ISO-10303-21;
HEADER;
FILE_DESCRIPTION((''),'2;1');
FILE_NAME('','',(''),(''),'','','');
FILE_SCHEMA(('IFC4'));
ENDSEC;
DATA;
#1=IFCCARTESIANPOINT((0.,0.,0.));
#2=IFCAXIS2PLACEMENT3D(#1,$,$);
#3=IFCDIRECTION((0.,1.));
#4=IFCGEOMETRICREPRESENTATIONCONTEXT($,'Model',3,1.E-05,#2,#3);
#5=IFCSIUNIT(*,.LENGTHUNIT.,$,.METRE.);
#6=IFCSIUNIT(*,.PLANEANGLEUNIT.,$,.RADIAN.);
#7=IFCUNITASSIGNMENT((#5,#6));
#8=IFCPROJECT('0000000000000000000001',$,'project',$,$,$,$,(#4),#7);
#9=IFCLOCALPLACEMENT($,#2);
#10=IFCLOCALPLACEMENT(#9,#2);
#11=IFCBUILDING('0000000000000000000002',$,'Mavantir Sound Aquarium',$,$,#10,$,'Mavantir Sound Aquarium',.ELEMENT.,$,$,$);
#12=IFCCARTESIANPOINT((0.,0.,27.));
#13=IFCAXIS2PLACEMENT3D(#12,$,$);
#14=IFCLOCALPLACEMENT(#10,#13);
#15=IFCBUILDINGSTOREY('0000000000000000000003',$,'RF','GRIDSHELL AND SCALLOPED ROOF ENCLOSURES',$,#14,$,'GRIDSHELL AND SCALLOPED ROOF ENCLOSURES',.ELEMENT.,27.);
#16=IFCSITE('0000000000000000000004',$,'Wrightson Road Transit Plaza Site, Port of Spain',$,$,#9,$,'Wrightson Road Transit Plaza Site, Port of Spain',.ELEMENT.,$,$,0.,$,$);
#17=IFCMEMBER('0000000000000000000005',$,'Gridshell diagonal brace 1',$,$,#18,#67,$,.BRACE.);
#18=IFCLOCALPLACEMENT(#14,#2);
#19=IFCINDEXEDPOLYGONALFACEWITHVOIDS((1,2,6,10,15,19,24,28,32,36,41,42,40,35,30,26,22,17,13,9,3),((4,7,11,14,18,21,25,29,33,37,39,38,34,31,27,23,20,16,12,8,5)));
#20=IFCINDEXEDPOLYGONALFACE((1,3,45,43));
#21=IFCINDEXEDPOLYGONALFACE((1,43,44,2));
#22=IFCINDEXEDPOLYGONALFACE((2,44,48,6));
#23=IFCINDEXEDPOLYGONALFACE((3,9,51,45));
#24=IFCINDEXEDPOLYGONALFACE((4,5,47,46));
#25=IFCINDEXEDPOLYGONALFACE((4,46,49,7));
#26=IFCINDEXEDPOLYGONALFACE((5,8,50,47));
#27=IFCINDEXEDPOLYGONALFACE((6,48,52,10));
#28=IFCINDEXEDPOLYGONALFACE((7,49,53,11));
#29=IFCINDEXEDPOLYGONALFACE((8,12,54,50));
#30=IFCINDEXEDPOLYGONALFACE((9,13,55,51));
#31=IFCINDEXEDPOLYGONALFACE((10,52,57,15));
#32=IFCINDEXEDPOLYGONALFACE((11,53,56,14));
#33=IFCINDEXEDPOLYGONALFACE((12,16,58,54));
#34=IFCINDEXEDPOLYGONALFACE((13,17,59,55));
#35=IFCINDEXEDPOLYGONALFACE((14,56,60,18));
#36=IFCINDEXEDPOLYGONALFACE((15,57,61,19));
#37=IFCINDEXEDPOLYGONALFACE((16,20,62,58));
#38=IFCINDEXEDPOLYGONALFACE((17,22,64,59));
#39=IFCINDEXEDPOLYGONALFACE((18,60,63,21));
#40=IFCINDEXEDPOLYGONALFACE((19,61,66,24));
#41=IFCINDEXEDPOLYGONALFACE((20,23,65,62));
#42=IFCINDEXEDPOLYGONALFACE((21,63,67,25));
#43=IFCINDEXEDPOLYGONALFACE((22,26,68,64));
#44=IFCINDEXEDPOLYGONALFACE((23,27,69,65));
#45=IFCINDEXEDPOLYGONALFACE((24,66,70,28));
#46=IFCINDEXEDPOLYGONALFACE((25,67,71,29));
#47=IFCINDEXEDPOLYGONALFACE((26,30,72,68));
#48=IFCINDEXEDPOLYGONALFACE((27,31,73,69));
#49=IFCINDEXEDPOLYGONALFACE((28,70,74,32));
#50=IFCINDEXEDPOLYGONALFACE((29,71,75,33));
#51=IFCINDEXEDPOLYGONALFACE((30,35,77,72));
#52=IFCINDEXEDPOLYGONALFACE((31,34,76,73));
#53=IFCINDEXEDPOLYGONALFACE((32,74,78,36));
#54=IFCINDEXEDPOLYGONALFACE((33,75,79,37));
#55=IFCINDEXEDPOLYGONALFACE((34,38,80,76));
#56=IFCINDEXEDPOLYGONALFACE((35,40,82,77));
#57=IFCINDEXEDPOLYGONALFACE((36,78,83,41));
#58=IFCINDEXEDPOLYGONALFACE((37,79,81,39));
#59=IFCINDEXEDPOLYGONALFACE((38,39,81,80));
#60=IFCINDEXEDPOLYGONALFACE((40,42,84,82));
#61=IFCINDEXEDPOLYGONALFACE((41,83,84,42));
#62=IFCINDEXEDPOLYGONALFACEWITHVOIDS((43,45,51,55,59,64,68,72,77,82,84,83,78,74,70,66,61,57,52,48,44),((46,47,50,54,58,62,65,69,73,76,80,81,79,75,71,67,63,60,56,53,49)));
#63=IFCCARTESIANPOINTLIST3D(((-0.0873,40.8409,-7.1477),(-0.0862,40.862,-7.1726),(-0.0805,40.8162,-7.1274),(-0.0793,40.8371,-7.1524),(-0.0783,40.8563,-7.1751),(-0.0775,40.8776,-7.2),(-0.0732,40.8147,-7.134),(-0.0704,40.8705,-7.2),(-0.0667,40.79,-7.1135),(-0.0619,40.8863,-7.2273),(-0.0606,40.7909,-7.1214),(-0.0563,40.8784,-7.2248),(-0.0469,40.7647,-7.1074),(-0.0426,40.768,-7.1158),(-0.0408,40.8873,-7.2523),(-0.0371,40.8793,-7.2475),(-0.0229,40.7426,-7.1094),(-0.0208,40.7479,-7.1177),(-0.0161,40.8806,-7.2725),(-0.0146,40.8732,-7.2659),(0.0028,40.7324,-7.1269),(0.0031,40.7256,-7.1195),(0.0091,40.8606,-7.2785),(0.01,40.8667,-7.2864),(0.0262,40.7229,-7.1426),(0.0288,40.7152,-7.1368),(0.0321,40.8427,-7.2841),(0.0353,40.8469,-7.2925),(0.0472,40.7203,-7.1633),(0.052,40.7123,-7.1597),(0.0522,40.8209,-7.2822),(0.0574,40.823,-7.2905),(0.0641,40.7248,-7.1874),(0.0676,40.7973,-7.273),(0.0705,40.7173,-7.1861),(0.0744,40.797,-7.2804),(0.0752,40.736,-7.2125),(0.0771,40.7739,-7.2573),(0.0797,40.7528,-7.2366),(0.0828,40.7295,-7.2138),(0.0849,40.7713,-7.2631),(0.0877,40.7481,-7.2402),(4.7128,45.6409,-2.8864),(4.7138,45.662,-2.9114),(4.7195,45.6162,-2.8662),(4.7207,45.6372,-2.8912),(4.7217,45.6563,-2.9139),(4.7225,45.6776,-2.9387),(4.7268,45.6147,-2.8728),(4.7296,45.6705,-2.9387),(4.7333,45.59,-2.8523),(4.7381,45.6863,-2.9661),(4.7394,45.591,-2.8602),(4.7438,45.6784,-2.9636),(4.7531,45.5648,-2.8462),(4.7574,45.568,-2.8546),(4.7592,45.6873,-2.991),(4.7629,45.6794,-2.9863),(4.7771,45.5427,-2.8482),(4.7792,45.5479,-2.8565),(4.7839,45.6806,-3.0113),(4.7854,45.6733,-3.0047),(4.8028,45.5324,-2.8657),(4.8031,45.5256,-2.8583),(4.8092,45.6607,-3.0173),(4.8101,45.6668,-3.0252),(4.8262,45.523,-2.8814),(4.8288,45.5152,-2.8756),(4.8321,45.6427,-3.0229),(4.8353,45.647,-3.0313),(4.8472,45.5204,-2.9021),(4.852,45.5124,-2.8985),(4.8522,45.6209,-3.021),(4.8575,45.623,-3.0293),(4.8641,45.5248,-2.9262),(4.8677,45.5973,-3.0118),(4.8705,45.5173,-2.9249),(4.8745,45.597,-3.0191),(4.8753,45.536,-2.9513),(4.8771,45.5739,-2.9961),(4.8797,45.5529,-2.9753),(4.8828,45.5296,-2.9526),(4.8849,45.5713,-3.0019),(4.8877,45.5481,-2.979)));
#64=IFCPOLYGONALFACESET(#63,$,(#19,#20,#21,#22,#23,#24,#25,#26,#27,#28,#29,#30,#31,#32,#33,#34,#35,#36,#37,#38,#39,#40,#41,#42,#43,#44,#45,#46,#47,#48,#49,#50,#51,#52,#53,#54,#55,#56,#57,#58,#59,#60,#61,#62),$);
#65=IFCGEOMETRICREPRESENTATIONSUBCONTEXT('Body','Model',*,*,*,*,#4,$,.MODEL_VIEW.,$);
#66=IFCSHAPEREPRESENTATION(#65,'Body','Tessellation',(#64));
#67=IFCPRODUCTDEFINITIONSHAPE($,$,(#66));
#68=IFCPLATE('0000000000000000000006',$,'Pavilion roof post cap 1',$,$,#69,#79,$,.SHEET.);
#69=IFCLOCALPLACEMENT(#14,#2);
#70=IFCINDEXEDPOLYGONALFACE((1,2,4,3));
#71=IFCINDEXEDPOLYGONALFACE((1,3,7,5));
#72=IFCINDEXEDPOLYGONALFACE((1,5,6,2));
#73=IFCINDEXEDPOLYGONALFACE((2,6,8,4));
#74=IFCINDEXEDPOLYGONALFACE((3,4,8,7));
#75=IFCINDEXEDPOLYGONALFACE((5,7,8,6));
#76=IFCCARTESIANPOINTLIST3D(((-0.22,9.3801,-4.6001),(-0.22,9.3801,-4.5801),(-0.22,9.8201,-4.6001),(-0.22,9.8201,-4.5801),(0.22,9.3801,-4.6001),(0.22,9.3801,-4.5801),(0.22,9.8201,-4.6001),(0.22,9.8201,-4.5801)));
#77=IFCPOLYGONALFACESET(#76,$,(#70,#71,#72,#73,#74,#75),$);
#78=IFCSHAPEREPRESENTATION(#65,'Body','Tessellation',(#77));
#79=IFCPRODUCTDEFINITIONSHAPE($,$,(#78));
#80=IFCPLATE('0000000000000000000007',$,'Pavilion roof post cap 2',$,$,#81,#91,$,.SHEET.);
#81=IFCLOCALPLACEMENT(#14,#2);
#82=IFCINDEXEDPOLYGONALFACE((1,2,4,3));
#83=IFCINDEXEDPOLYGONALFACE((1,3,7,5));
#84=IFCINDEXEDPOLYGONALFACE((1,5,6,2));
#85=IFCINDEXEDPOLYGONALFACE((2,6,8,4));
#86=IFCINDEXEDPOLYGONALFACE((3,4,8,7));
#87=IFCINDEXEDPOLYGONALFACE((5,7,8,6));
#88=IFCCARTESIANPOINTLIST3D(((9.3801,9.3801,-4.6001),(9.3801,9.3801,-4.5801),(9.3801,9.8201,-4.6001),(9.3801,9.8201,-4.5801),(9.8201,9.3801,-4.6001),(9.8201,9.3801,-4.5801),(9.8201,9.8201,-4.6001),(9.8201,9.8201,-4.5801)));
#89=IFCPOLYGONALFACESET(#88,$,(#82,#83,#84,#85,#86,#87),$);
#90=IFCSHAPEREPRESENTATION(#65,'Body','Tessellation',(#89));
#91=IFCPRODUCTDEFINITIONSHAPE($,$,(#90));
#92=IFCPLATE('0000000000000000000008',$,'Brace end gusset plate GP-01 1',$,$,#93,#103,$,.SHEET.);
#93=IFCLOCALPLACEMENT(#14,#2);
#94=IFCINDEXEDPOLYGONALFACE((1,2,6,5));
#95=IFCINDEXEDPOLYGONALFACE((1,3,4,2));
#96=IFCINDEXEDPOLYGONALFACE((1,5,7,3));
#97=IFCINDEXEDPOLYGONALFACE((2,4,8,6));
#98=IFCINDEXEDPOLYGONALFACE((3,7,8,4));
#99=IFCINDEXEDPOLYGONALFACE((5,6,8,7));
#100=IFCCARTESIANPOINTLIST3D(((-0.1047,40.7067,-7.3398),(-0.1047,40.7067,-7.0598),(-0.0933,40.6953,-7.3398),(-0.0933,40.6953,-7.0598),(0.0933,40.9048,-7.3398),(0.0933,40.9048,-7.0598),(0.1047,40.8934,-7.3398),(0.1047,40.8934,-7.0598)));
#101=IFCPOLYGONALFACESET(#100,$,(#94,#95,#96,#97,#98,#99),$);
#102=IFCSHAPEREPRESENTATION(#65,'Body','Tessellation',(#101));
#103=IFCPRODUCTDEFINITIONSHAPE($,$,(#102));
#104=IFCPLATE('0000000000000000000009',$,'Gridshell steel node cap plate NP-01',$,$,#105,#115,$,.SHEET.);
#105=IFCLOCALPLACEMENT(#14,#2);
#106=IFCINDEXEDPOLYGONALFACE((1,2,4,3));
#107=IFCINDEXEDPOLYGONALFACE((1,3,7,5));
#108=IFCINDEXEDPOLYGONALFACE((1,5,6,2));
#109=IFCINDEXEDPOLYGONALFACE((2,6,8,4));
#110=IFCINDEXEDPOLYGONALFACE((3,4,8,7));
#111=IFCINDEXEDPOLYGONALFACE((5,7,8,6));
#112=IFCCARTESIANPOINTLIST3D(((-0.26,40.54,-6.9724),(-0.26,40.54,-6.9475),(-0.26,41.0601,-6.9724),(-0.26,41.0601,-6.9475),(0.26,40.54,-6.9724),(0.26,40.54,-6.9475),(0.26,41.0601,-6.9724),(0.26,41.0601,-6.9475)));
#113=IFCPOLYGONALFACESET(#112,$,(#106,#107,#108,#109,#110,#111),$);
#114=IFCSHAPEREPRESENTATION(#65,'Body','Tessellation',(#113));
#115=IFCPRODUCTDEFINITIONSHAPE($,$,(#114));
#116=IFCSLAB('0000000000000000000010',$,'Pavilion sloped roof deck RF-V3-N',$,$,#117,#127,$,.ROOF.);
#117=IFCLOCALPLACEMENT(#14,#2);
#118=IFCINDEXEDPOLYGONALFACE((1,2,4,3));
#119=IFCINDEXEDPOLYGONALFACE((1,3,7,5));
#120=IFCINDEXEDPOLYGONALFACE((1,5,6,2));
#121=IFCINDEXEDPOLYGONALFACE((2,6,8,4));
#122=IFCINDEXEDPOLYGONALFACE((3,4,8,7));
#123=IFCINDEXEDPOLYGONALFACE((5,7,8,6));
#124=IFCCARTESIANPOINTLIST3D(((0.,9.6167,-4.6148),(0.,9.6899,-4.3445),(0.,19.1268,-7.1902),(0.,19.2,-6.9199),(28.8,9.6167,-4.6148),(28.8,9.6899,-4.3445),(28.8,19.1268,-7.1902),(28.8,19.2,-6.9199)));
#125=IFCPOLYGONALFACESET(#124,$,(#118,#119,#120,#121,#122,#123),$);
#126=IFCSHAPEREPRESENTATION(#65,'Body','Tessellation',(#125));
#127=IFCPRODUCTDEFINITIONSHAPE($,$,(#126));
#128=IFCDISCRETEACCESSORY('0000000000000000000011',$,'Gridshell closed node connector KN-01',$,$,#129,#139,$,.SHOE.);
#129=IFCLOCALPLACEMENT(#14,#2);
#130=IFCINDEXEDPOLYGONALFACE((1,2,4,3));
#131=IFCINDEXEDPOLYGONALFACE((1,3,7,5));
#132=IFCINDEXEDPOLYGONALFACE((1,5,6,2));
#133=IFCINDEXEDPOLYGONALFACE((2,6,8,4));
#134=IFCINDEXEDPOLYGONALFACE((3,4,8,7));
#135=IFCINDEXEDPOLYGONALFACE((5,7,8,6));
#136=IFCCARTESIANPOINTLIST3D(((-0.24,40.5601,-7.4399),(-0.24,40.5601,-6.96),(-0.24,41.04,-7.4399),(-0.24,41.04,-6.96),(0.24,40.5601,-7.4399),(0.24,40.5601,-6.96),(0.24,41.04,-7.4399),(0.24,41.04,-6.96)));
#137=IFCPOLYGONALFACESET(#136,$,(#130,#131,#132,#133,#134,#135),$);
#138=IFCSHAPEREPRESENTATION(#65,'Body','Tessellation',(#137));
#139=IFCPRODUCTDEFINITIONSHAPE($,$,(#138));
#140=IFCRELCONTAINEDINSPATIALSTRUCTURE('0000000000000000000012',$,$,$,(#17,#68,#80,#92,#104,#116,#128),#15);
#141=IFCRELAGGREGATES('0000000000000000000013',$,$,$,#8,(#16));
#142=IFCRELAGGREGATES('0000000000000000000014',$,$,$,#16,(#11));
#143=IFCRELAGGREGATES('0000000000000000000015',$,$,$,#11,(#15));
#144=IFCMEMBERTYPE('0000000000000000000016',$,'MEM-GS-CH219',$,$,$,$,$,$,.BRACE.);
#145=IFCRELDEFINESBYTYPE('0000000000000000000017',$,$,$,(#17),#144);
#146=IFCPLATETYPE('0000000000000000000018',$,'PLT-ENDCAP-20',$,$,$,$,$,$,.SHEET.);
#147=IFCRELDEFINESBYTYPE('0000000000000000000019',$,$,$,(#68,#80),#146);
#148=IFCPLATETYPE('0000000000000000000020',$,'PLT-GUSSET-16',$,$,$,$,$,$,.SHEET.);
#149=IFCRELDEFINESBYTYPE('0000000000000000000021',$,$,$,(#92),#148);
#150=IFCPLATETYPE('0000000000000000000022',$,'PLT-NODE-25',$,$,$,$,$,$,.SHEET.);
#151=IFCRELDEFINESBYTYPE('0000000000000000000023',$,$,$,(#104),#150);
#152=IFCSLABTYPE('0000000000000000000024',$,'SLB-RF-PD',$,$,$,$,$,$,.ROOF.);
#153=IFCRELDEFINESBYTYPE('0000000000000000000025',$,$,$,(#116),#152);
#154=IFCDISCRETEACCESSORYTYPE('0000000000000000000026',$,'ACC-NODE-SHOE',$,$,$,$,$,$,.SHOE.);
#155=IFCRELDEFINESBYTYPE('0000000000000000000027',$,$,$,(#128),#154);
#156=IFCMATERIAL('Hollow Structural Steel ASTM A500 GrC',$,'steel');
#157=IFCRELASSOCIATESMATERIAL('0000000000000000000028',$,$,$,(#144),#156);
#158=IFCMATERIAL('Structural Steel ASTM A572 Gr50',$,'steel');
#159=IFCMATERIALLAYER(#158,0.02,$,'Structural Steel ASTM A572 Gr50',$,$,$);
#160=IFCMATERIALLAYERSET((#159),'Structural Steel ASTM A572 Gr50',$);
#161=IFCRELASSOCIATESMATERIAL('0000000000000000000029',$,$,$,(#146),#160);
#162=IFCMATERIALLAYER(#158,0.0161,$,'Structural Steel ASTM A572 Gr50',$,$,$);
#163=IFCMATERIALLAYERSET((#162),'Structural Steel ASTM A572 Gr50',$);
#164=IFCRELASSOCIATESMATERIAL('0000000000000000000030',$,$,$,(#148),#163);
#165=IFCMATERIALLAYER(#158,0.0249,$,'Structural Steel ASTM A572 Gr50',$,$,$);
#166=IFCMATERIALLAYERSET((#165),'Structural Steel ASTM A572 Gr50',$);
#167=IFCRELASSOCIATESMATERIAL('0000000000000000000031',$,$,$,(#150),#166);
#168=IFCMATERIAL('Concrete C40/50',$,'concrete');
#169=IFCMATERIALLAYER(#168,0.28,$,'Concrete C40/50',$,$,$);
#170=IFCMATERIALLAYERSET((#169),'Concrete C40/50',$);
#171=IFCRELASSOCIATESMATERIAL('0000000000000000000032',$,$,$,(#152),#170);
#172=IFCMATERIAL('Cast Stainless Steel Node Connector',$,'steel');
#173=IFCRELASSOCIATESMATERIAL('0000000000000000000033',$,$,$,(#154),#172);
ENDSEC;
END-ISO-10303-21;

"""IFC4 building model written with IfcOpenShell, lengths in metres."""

from ifc_helpers import new_model, si_unit, direction, frame, origin, origin_2d, place, context, subcontext, project, spatial, polyline, rectangle, hollow_circle, outline, extrude, material, layer, layer_set, material_profile, profile_set, type_object, element, save


model = new_model("IFC4")

# Units and contexts
model_context = context("Model", 3, precision=1e-05, world=origin(), true_north=direction((0.0, 1.0)))
body_context = subcontext(model_context, "Body", "Model", "MODEL_VIEW")
ifc_project = project(units=[si_unit("LENGTHUNIT", "METRE"), si_unit("PLANEANGLEUNIT", "RADIAN")], contexts=[model_context])

# Site, building, storey
site_placement = place(None, origin())
site = spatial("IfcSite", under=ifc_project, at=site_placement, Name="Wrightson Road Transit Plaza Site, Port of Spain", LongName="Wrightson Road Transit Plaza Site, Port of Spain", CompositionType="ELEMENT", RefElevation=0.0)
building_placement = place(site_placement, origin())
building = spatial("IfcBuilding", under=site, at=building_placement, Name="Mavantir Sound Aquarium", LongName="Mavantir Sound Aquarium", CompositionType="ELEMENT")
storey_placement = place(building_placement, frame((0.0, 0.0, 27.0)))
storey = spatial("IfcBuildingStorey", under=building, at=storey_placement, Name="RF", Description="GRIDSHELL AND SCALLOPED ROOF ENCLOSURES", LongName="GRIDSHELL AND SCALLOPED ROOF ENCLOSURES", CompositionType="ELEMENT", Elevation=27.0)

# Shared definitions
ifc_material_1 = material(Name="Concrete C40/50", Category="concrete")

# Shared definitions
ifc_material_2 = material(Name="Hollow Structural Steel ASTM A500 GrC", Category="steel")

# Member
ifc_material_profile_1 = material_profile(ifc_material_2, hollow_circle(Radius=0.1096, WallThickness=0.01, at=origin_2d()), Name="CHS 219.1X10")
ifc_profile_set_1 = profile_set([ifc_material_profile_1], Name="Hollow Structural Steel ASTM A500 GrC")
member_type = type_object("IfcMemberType", Name="MEM-GS-CH219", PredefinedType="BRACE", material=ifc_profile_set_1)
member_placement = place(storey_placement, frame((0.0, 40.8, -7.2), z_axis=(0.598889, 0.598889, 0.531662), x_axis=(-0.707107, 0.707107, 0.0)))
element("IfcMember", 1, at=member_placement, inside=storey, type_object=member_type, Name="Gridshell diagonal brace 1", PredefinedType="BRACE", context=body_context, shape_type="SweptSolid", body=[
    extrude(hollow_circle(Radius=0.1096, WallThickness=0.01, at=origin_2d()), origin(), (0.0, 0.0, 1.0), 8.0149),
])

# Plates
ifc_material_3 = material(Name="Structural Steel ASTM A572 Gr50", Category="steel")
ifc_layer_1 = layer(ifc_material_3, 0.02, Name="Structural Steel ASTM A572 Gr50")
ifc_layer_set_1 = layer_set([ifc_layer_1], Name="Structural Steel ASTM A572 Gr50")
plate_type_1 = type_object("IfcPlateType", Name="PLT-ENDCAP-20", PredefinedType="SHEET", material=ifc_layer_set_1)
for number, where, z_axis, x_axis, name in (
    (2, (0.0, 9.6001, -4.6001), (0.0, 0.0, 1.0), (1.0, 0.0, 0.0), "Pavilion roof post cap 1"),
    (3, (9.6001, 9.6001, -4.6001), (0.0, 0.0, 1.0), (1.0, 0.0, 0.0), "Pavilion roof post cap 2"),
):
    element("IfcPlate", number, at=place(storey_placement, frame(where, z_axis=z_axis, x_axis=x_axis)), inside=storey, type_object=plate_type_1, Name=name, PredefinedType="SHEET", context=body_context, shape_type="SweptSolid", body=[
        extrude(rectangle(XDim=0.4399, YDim=0.4399, at=origin_2d()), origin(), (0.0, 0.0, 1.0), 0.02),
    ])
ifc_layer_2 = layer(ifc_material_3, 0.0161, Name="Structural Steel ASTM A572 Gr50")
ifc_layer_set_2 = layer_set([ifc_layer_2], Name="Structural Steel ASTM A572 Gr50")
plate_type_2 = type_object("IfcPlateType", Name="PLT-GUSSET-16", PredefinedType="SHEET", material=ifc_layer_set_2)
plate_1_placement = place(storey_placement, frame((0.0, 40.8, -7.3398), z_axis=(0.0, 0.0, 1.0), x_axis=(0.707107, 0.707107, 0.0)))
element("IfcPlate", 4, at=plate_1_placement, inside=storey, type_object=plate_type_2, Name="Brace end gusset plate GP-01 1", PredefinedType="SHEET", context=body_context, shape_type="SweptSolid", body=[
    extrude(rectangle(XDim=0.28, YDim=0.0161, at=origin_2d()), origin(), (0.0, 0.0, 1.0), 0.28),
])
ifc_layer_3 = layer(ifc_material_3, 0.0249, Name="Structural Steel ASTM A572 Gr50")
ifc_layer_set_3 = layer_set([ifc_layer_3], Name="Structural Steel ASTM A572 Gr50")
plate_type_3 = type_object("IfcPlateType", Name="PLT-NODE-25", PredefinedType="SHEET", material=ifc_layer_set_3)
plate_2_placement = place(storey_placement, frame((0.0, 40.8, -6.9724), z_axis=(0.0, 0.0, 1.0), x_axis=(1.0, 0.0, 0.0)))
element("IfcPlate", 5, at=plate_2_placement, inside=storey, type_object=plate_type_3, Name="Gridshell steel node cap plate NP-01", PredefinedType="SHEET", context=body_context, shape_type="SweptSolid", body=[
    extrude(rectangle(XDim=0.52, YDim=0.52, at=origin_2d()), origin(), (0.0, 0.0, 1.0), 0.0249),
])

# Slab
ifc_layer_4 = layer(ifc_material_1, 0.28, Name="Concrete C40/50")
ifc_layer_set_4 = layer_set([ifc_layer_4], Name="Concrete C40/50")
slab_type = type_object("IfcSlabType", Name="SLB-RF-PD", PredefinedType="ROOF", material=ifc_layer_set_4)
slab_placement = place(storey_placement, frame((0.0, 9.6899, -4.3445), z_axis=(0.0, 0.261398, 0.965231), x_axis=(1.0, 0.0, 0.0)))
element("IfcSlab", 6, at=slab_placement, inside=storey, type_object=slab_type, Name="Pavilion sloped roof deck RF-V3-N", PredefinedType="ROOF", context=body_context, shape_type="SweptSolid", body=[
    extrude(outline(polyline([(0.0, 0.0), (28.8, 0.0), (28.8, 9.8526), (0.0, 9.8526), (0.0, 0.0)])), origin(), (0.0, 0.0, -1.0), 0.28),
])

# Discrete accessory
ifc_material_4 = material(Name="Cast Stainless Steel Node Connector", Category="steel")
discrete_accessory_type = type_object("IfcDiscreteAccessoryType", Name="ACC-NODE-SHOE", PredefinedType="SHOE", material=ifc_material_4)
discrete_accessory_placement = place(storey_placement, frame((0.0, 40.8, -7.4399), z_axis=(0.0, 0.0, 1.0), x_axis=(1.0, 0.0, 0.0)))
element("IfcDiscreteAccessory", 7, at=discrete_accessory_placement, inside=storey, type_object=discrete_accessory_type, Name="Gridshell closed node connector KN-01", PredefinedType="SHOE", context=body_context, shape_type="SweptSolid", body=[
    extrude(rectangle(XDim=0.48, YDim=0.48, at=origin_2d()), origin(), (0.0, 0.0, 1.0), 0.48),
])

save(model, "model.ifc")
